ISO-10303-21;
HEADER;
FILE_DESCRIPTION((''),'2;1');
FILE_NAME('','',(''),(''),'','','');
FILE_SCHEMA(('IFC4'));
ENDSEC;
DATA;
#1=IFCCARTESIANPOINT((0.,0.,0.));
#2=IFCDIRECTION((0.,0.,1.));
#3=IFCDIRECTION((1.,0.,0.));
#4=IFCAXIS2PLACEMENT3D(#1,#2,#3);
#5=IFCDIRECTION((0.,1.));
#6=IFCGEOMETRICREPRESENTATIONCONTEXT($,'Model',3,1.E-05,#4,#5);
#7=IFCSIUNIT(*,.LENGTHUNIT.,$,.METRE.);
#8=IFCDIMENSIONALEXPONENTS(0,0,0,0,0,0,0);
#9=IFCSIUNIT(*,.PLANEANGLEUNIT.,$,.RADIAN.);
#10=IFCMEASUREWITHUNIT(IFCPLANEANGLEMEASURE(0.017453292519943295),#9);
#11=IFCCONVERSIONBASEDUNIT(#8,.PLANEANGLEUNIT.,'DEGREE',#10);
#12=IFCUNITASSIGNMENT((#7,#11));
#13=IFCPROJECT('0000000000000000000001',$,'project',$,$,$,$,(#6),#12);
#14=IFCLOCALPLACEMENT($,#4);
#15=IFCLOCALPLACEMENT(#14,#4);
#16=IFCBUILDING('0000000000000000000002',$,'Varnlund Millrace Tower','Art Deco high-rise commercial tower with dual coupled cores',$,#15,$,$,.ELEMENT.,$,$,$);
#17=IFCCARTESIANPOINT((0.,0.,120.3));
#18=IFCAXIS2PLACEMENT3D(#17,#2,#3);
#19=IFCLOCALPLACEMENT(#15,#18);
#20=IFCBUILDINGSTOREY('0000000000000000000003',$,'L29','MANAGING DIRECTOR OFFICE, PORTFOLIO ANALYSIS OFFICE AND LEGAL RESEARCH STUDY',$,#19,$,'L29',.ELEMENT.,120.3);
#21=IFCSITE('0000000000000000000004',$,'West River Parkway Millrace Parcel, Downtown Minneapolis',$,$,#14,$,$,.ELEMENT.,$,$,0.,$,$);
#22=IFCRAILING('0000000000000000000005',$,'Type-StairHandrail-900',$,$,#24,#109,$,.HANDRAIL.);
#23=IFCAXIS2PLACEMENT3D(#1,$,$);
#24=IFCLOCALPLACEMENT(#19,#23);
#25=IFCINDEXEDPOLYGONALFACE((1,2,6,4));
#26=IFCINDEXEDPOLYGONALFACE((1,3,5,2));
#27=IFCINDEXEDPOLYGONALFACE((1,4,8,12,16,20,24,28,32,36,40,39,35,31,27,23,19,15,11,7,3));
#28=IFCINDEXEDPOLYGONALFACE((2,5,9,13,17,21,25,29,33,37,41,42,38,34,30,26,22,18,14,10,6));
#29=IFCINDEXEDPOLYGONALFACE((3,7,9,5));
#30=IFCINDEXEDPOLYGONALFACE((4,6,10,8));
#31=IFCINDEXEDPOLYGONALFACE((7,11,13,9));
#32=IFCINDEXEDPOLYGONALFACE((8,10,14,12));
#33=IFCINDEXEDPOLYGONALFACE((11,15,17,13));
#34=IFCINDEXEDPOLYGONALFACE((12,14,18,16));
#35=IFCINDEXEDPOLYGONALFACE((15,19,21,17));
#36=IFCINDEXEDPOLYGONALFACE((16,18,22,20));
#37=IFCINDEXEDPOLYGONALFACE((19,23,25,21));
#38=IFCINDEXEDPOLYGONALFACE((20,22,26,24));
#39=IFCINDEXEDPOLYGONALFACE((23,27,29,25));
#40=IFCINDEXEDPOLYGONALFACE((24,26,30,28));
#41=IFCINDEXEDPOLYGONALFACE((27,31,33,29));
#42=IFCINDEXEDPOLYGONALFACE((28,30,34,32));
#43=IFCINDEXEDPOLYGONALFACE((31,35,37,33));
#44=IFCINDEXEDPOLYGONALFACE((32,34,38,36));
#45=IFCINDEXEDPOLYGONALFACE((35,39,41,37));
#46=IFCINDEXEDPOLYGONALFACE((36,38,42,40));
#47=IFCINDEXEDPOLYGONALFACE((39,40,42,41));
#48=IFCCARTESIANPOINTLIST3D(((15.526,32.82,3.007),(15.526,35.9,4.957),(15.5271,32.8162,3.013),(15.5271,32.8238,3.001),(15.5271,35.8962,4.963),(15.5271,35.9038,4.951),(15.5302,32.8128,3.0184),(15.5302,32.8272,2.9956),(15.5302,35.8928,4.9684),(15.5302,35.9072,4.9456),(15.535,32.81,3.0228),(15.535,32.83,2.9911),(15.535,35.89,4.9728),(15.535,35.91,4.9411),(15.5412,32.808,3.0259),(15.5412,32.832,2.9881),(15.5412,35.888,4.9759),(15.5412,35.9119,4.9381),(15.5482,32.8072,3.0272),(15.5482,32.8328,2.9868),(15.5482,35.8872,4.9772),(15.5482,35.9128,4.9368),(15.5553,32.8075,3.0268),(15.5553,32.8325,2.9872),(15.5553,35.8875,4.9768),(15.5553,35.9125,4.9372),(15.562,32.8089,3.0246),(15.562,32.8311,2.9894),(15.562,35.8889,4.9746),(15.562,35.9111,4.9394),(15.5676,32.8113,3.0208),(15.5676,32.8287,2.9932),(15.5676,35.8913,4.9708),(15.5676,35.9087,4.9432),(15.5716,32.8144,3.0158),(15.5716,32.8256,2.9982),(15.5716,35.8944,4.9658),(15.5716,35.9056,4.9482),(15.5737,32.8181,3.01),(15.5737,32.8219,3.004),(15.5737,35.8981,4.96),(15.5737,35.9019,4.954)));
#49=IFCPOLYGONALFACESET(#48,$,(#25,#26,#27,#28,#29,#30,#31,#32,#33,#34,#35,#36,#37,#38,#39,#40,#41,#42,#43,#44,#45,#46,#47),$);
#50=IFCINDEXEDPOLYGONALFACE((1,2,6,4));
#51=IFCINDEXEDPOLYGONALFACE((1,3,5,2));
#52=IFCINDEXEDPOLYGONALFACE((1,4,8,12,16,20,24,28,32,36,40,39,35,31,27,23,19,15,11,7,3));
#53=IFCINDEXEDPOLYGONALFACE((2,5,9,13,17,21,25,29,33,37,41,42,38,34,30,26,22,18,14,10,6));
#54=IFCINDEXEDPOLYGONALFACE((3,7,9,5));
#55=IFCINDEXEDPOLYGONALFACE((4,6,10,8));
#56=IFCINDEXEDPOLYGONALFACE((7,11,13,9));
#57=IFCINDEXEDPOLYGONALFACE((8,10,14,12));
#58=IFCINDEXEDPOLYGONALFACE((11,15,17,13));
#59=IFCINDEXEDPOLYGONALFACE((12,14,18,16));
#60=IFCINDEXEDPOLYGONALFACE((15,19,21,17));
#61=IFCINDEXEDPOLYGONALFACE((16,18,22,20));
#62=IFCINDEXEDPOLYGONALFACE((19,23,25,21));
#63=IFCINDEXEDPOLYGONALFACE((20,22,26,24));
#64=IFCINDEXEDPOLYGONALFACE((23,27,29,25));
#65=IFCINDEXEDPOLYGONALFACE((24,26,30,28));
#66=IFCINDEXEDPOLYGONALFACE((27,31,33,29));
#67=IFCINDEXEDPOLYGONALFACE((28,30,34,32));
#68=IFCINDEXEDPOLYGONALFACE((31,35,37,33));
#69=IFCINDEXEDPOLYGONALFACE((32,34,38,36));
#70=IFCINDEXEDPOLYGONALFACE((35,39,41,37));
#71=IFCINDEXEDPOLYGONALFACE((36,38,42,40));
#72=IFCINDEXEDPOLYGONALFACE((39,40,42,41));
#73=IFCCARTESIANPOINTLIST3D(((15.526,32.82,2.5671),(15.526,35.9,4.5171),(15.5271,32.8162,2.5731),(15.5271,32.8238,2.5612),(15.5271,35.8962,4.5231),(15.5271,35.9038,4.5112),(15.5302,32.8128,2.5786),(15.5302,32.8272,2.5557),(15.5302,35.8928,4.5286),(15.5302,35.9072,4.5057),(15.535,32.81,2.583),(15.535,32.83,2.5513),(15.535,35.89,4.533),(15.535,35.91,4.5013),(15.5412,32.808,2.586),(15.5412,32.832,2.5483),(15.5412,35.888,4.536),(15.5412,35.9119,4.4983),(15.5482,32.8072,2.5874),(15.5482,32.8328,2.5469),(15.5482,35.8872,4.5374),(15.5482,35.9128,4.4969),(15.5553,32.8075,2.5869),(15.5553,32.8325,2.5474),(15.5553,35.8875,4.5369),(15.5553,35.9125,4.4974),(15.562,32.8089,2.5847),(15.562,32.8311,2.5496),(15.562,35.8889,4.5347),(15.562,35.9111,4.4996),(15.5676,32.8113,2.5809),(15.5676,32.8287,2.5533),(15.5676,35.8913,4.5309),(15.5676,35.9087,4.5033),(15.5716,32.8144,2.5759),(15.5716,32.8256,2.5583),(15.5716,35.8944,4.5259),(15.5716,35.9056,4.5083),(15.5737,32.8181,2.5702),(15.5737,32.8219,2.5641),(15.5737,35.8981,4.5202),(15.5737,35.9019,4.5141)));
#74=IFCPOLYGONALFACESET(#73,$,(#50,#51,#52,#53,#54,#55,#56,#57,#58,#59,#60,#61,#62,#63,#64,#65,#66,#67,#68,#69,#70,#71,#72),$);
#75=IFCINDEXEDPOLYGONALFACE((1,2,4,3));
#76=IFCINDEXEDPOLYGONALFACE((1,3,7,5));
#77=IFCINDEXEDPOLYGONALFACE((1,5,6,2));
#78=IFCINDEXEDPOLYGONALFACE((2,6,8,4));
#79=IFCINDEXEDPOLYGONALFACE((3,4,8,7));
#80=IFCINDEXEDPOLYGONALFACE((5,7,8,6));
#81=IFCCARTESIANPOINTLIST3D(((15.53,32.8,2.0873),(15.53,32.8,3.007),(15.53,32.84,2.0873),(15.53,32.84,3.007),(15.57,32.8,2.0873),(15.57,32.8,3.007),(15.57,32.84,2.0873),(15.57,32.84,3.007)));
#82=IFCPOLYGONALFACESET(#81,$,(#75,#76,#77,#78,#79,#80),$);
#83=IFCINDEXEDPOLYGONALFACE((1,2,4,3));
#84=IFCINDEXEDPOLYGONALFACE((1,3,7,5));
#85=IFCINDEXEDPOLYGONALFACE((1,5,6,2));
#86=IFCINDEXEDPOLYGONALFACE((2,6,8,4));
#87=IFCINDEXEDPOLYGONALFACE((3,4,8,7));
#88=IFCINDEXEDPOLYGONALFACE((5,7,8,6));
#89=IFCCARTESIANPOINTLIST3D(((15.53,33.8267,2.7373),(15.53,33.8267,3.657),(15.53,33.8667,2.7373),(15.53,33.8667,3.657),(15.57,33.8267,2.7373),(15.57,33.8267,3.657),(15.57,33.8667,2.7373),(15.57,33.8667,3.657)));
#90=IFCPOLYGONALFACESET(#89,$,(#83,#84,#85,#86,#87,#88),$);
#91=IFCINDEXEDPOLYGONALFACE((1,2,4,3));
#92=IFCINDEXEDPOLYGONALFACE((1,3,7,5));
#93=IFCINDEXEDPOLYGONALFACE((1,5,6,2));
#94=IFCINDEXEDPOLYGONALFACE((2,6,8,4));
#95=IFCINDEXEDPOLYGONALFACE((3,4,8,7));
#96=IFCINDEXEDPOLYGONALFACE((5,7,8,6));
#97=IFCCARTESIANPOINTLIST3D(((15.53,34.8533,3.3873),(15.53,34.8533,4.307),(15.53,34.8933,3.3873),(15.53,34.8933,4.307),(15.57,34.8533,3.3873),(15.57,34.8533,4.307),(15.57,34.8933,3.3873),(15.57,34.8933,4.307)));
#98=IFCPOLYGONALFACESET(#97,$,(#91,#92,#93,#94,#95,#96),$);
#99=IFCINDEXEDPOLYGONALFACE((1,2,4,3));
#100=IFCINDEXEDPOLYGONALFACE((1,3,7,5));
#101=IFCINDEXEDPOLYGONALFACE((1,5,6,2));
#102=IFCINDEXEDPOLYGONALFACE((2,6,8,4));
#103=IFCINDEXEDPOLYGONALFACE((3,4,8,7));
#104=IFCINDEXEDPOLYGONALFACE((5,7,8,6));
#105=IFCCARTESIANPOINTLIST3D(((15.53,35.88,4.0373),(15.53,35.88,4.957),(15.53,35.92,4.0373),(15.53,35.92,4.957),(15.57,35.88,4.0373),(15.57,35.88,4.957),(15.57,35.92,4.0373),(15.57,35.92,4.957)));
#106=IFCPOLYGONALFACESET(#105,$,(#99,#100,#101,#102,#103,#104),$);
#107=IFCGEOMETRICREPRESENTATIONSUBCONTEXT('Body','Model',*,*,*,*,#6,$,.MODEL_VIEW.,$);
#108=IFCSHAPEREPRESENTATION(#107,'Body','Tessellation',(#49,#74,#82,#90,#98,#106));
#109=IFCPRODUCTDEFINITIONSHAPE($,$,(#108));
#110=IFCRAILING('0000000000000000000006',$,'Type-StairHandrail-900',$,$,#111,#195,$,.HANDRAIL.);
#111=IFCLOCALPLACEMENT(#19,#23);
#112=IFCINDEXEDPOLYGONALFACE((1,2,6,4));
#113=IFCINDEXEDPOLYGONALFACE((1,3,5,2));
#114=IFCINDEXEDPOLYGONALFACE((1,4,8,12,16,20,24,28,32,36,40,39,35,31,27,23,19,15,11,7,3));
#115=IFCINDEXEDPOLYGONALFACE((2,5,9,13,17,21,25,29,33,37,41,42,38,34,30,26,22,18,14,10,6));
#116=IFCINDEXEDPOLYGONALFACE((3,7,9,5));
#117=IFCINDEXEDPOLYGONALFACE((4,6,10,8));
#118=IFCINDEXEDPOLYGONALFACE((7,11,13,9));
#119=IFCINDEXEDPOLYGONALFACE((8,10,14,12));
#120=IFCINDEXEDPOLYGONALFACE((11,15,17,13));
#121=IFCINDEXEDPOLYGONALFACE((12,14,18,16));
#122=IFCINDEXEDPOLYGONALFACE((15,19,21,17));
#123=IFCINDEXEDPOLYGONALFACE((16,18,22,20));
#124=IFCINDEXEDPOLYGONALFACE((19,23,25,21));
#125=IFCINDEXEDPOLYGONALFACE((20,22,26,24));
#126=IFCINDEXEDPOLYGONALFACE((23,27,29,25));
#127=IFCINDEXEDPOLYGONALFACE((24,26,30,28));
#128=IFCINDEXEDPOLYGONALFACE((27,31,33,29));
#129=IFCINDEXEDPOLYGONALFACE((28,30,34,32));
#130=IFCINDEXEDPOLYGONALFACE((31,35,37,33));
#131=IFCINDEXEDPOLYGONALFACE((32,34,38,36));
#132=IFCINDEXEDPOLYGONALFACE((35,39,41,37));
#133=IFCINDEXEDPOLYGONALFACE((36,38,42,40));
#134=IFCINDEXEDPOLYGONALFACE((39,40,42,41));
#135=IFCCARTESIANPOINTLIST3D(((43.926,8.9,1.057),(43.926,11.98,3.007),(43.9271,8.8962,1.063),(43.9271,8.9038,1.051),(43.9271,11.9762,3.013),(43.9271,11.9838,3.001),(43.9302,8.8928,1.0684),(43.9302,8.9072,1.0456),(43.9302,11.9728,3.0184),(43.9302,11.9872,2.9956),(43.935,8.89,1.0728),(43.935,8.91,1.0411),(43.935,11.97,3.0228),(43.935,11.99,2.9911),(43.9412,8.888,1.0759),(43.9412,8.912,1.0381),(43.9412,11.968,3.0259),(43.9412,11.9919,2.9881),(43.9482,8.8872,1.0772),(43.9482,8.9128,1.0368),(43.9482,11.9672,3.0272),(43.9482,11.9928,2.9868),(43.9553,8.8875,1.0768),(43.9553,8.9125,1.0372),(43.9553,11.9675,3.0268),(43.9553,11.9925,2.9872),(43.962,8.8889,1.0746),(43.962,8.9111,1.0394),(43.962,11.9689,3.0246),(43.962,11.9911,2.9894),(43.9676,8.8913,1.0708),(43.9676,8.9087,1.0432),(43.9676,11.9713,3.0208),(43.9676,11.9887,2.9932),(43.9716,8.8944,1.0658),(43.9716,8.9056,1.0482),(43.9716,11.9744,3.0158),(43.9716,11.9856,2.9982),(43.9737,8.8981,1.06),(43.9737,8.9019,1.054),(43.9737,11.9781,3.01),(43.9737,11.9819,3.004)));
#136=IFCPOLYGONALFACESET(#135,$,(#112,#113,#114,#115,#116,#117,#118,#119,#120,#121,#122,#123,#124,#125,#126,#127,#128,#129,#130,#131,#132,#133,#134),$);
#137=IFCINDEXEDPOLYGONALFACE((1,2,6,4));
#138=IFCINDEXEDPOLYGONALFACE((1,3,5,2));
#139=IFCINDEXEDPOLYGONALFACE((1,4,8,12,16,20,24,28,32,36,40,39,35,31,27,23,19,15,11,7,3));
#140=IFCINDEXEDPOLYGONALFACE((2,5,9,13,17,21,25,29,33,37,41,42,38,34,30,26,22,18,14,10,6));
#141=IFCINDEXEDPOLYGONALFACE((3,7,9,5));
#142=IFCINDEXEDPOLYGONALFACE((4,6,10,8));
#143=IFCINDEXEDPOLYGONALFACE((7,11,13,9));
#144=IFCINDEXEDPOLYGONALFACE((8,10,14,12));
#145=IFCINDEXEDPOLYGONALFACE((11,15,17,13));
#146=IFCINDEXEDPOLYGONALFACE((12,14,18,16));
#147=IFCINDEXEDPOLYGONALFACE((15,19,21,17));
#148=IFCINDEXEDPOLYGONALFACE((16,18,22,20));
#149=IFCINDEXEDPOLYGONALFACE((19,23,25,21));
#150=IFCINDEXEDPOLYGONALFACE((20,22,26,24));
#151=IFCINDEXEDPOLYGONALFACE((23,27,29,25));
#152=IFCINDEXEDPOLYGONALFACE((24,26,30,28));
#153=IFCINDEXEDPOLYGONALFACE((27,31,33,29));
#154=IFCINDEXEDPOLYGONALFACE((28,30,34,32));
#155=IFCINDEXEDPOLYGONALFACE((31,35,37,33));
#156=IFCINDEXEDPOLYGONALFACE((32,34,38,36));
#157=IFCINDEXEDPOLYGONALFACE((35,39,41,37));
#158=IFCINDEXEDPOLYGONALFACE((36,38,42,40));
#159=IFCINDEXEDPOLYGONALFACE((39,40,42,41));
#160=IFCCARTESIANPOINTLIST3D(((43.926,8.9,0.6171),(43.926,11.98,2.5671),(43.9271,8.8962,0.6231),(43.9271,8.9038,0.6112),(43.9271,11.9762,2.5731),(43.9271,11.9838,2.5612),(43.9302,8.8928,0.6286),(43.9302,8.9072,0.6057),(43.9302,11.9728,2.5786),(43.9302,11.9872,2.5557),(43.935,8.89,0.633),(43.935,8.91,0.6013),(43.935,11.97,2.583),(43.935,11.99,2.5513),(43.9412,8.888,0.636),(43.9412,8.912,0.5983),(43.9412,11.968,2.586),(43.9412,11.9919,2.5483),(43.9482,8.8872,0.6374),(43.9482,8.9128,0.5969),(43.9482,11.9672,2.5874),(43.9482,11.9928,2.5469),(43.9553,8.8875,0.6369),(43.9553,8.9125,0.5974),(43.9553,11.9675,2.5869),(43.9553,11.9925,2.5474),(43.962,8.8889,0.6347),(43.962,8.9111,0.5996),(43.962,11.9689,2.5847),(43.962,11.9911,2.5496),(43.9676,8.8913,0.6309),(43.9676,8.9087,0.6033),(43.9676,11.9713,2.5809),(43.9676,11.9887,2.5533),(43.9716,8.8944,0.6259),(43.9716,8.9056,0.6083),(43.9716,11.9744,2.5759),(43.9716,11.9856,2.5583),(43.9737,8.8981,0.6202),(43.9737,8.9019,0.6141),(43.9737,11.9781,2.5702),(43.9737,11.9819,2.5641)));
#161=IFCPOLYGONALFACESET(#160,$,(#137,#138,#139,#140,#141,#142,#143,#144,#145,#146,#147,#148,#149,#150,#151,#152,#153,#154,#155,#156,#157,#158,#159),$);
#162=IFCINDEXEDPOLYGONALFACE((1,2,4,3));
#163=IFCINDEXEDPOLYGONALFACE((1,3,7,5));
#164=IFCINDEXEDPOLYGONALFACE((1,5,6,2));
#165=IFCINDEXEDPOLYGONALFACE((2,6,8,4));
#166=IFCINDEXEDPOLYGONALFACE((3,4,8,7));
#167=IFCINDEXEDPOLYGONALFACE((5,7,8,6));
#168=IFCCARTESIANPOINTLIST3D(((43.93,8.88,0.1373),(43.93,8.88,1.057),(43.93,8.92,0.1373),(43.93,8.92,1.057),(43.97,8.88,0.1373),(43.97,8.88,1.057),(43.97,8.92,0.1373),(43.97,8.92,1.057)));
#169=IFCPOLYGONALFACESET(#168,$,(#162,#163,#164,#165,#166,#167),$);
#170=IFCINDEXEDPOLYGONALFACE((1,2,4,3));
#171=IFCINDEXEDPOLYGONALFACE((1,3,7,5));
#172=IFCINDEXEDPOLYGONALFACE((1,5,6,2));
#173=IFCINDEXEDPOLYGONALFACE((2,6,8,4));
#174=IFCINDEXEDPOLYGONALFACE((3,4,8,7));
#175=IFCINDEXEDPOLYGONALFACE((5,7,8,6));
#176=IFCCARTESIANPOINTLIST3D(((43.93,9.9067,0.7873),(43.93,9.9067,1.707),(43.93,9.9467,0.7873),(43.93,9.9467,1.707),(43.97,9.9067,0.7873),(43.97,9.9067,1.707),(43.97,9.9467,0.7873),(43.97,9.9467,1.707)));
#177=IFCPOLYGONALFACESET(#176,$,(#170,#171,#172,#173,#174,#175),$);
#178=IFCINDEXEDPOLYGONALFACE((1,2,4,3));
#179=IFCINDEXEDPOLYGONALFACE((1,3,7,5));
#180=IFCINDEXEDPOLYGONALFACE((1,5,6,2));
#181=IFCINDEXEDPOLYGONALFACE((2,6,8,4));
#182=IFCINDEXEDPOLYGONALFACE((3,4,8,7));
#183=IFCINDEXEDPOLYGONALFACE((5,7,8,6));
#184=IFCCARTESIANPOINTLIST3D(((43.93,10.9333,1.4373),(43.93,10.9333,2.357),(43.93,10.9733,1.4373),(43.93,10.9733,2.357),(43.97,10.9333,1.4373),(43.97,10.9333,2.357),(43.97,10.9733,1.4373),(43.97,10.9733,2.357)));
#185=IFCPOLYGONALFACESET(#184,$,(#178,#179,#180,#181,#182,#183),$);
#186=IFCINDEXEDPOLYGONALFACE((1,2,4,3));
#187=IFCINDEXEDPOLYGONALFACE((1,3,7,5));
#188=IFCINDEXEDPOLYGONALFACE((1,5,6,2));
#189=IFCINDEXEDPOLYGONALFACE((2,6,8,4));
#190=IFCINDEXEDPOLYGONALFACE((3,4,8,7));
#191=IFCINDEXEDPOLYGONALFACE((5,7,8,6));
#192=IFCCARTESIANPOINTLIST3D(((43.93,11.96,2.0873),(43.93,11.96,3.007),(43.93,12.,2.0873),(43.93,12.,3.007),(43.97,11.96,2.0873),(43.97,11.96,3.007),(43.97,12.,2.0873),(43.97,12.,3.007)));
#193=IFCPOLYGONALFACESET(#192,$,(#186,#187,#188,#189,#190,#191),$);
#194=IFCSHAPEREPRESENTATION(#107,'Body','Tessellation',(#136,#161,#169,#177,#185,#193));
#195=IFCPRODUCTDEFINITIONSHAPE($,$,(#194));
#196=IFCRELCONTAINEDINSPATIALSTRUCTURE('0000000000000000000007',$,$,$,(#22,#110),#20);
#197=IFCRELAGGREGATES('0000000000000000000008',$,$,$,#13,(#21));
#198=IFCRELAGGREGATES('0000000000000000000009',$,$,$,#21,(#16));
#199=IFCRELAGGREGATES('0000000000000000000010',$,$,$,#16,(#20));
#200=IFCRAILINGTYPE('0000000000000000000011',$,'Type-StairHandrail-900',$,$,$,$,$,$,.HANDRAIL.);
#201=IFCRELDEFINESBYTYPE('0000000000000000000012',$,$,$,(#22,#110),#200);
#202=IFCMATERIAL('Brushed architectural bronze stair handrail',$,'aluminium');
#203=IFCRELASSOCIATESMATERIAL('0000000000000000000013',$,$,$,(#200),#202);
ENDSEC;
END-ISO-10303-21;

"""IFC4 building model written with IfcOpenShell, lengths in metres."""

from ifc_helpers import new_model, entity, si_unit, converted_unit, direction, frame, origin_with_axes, origin_2d_with_axis, place, context, subcontext, project, spatial, rectangle, circle, extrude, material, type_object, element, save


model = new_model("IFC4")

# Units and contexts
model_context = context("Model", 3, precision=1e-05, world=origin_with_axes(), true_north=direction((0.0, 1.0)))
body_context = subcontext(model_context, "Body", "Model", "MODEL_VIEW")
ifc_project = project(units=[si_unit("LENGTHUNIT", "METRE"), converted_unit("PLANEANGLEUNIT", "DEGREE", entity("IfcPlaneAngleMeasure", 0.017453292519943295), si_unit("PLANEANGLEUNIT", "RADIAN"), dimensions=[0, 0, 0, 0, 0, 0, 0])], contexts=[model_context])

# Site, building, storey
site_placement = place(None, origin_with_axes())
site = spatial("IfcSite", under=ifc_project, at=site_placement, Name="West River Parkway Millrace Parcel, Downtown Minneapolis", CompositionType="ELEMENT", RefElevation=0.0)
building_placement = place(site_placement, origin_with_axes())
building = spatial("IfcBuilding", under=site, at=building_placement, Name="Varnlund Millrace Tower", Description="Art Deco high-rise commercial tower with dual coupled cores", CompositionType="ELEMENT")
storey_placement = place(building_placement, frame((0.0, 0.0, 120.3), z_axis=(0.0, 0.0, 1.0), x_axis=(1.0, 0.0, 0.0)))
storey = spatial("IfcBuildingStorey", under=building, at=storey_placement, Name="L29", Description="MANAGING DIRECTOR OFFICE, PORTFOLIO ANALYSIS OFFICE AND LEGAL RESEARCH STUDY", LongName="L29", CompositionType="ELEMENT", Elevation=120.3)

# Railings
ifc_material_1 = material(Name="Brushed architectural bronze stair handrail", Category="aluminium")
railing_type_1 = type_object("IfcRailingType", Name="Type-StairHandrail-900", PredefinedType="HANDRAIL", material=ifc_material_1)
railing_1_placement = place(storey_placement, frame((0.0, 0.0, -120.3), z_axis=(0.0, 0.0, 1.0), x_axis=(1.0, 0.0, 0.0)))
element("IfcRailing", 1, at=railing_1_placement, inside=storey, type_object=railing_type_1, Name="Type-StairHandrail-900", PredefinedType="HANDRAIL", context=body_context, shape_type="SweptSolid", body=[
    extrude(circle(Radius=0.024, at=origin_2d_with_axis()), frame((15.55, 32.82, 123.307), z_axis=(0.0, 0.844902, 0.534922), x_axis=(-1.0, 0.0, 0.0)), (0.0, 0.0, 1.0), 3.6454),
    extrude(circle(Radius=0.024, at=origin_2d_with_axis()), frame((15.55, 32.82, 122.8671), z_axis=(0.0, 0.844902, 0.534922), x_axis=(-1.0, 0.0, 0.0)), (0.0, 0.0, 1.0), 3.6454),
    extrude(rectangle(XDim=0.04, YDim=0.04, at=origin_2d_with_axis()), frame((15.55, 32.82, 122.3873), z_axis=(0.0, 0.0, 1.0), x_axis=(1.0, 0.0, 0.0)), (0.0, 0.0, 1.0), 0.9197),
    extrude(rectangle(XDim=0.04, YDim=0.04, at=origin_2d_with_axis()), frame((15.55, 33.8467, 123.0373), z_axis=(0.0, 0.0, 1.0), x_axis=(1.0, 0.0, 0.0)), (0.0, 0.0, 1.0), 0.9197),
    extrude(rectangle(XDim=0.04, YDim=0.04, at=origin_2d_with_axis()), frame((15.55, 34.8733, 123.6873), z_axis=(0.0, 0.0, 1.0), x_axis=(1.0, 0.0, 0.0)), (0.0, 0.0, 1.0), 0.9197),
    extrude(rectangle(XDim=0.04, YDim=0.04, at=origin_2d_with_axis()), frame((15.55, 35.9, 124.3373), z_axis=(0.0, 0.0, 1.0), x_axis=(1.0, 0.0, 0.0)), (0.0, 0.0, 1.0), 0.9197),
])
railing_2_placement = place(storey_placement, frame((0.0, 0.0, -120.3), z_axis=(0.0, 0.0, 1.0), x_axis=(1.0, 0.0, 0.0)))
element("IfcRailing", 2, at=railing_2_placement, inside=storey, type_object=railing_type_1, Name="Type-StairHandrail-900", PredefinedType="HANDRAIL", context=body_context, shape_type="SweptSolid", body=[
    extrude(circle(Radius=0.024, at=origin_2d_with_axis()), frame((43.95, 8.9, 121.357), z_axis=(0.0, 0.844902, 0.534922), x_axis=(-1.0, 0.0, 0.0)), (0.0, 0.0, 1.0), 3.6454),
    extrude(circle(Radius=0.024, at=origin_2d_with_axis()), frame((43.95, 8.9, 120.9171), z_axis=(0.0, 0.844902, 0.534922), x_axis=(-1.0, 0.0, 0.0)), (0.0, 0.0, 1.0), 3.6454),
    extrude(rectangle(XDim=0.04, YDim=0.04, at=origin_2d_with_axis()), frame((43.95, 8.9, 120.4373), z_axis=(0.0, 0.0, 1.0), x_axis=(1.0, 0.0, 0.0)), (0.0, 0.0, 1.0), 0.9197),
    extrude(rectangle(XDim=0.04, YDim=0.04, at=origin_2d_with_axis()), frame((43.95, 9.9267, 121.0873), z_axis=(0.0, 0.0, 1.0), x_axis=(1.0, 0.0, 0.0)), (0.0, 0.0, 1.0), 0.9197),
    extrude(rectangle(XDim=0.04, YDim=0.04, at=origin_2d_with_axis()), frame((43.95, 10.9533, 121.7373), z_axis=(0.0, 0.0, 1.0), x_axis=(1.0, 0.0, 0.0)), (0.0, 0.0, 1.0), 0.9197),
    extrude(rectangle(XDim=0.04, YDim=0.04, at=origin_2d_with_axis()), frame((43.95, 11.98, 122.3873), z_axis=(0.0, 0.0, 1.0), x_axis=(1.0, 0.0, 0.0)), (0.0, 0.0, 1.0), 0.9197),
])

save(model, "model.ifc")
